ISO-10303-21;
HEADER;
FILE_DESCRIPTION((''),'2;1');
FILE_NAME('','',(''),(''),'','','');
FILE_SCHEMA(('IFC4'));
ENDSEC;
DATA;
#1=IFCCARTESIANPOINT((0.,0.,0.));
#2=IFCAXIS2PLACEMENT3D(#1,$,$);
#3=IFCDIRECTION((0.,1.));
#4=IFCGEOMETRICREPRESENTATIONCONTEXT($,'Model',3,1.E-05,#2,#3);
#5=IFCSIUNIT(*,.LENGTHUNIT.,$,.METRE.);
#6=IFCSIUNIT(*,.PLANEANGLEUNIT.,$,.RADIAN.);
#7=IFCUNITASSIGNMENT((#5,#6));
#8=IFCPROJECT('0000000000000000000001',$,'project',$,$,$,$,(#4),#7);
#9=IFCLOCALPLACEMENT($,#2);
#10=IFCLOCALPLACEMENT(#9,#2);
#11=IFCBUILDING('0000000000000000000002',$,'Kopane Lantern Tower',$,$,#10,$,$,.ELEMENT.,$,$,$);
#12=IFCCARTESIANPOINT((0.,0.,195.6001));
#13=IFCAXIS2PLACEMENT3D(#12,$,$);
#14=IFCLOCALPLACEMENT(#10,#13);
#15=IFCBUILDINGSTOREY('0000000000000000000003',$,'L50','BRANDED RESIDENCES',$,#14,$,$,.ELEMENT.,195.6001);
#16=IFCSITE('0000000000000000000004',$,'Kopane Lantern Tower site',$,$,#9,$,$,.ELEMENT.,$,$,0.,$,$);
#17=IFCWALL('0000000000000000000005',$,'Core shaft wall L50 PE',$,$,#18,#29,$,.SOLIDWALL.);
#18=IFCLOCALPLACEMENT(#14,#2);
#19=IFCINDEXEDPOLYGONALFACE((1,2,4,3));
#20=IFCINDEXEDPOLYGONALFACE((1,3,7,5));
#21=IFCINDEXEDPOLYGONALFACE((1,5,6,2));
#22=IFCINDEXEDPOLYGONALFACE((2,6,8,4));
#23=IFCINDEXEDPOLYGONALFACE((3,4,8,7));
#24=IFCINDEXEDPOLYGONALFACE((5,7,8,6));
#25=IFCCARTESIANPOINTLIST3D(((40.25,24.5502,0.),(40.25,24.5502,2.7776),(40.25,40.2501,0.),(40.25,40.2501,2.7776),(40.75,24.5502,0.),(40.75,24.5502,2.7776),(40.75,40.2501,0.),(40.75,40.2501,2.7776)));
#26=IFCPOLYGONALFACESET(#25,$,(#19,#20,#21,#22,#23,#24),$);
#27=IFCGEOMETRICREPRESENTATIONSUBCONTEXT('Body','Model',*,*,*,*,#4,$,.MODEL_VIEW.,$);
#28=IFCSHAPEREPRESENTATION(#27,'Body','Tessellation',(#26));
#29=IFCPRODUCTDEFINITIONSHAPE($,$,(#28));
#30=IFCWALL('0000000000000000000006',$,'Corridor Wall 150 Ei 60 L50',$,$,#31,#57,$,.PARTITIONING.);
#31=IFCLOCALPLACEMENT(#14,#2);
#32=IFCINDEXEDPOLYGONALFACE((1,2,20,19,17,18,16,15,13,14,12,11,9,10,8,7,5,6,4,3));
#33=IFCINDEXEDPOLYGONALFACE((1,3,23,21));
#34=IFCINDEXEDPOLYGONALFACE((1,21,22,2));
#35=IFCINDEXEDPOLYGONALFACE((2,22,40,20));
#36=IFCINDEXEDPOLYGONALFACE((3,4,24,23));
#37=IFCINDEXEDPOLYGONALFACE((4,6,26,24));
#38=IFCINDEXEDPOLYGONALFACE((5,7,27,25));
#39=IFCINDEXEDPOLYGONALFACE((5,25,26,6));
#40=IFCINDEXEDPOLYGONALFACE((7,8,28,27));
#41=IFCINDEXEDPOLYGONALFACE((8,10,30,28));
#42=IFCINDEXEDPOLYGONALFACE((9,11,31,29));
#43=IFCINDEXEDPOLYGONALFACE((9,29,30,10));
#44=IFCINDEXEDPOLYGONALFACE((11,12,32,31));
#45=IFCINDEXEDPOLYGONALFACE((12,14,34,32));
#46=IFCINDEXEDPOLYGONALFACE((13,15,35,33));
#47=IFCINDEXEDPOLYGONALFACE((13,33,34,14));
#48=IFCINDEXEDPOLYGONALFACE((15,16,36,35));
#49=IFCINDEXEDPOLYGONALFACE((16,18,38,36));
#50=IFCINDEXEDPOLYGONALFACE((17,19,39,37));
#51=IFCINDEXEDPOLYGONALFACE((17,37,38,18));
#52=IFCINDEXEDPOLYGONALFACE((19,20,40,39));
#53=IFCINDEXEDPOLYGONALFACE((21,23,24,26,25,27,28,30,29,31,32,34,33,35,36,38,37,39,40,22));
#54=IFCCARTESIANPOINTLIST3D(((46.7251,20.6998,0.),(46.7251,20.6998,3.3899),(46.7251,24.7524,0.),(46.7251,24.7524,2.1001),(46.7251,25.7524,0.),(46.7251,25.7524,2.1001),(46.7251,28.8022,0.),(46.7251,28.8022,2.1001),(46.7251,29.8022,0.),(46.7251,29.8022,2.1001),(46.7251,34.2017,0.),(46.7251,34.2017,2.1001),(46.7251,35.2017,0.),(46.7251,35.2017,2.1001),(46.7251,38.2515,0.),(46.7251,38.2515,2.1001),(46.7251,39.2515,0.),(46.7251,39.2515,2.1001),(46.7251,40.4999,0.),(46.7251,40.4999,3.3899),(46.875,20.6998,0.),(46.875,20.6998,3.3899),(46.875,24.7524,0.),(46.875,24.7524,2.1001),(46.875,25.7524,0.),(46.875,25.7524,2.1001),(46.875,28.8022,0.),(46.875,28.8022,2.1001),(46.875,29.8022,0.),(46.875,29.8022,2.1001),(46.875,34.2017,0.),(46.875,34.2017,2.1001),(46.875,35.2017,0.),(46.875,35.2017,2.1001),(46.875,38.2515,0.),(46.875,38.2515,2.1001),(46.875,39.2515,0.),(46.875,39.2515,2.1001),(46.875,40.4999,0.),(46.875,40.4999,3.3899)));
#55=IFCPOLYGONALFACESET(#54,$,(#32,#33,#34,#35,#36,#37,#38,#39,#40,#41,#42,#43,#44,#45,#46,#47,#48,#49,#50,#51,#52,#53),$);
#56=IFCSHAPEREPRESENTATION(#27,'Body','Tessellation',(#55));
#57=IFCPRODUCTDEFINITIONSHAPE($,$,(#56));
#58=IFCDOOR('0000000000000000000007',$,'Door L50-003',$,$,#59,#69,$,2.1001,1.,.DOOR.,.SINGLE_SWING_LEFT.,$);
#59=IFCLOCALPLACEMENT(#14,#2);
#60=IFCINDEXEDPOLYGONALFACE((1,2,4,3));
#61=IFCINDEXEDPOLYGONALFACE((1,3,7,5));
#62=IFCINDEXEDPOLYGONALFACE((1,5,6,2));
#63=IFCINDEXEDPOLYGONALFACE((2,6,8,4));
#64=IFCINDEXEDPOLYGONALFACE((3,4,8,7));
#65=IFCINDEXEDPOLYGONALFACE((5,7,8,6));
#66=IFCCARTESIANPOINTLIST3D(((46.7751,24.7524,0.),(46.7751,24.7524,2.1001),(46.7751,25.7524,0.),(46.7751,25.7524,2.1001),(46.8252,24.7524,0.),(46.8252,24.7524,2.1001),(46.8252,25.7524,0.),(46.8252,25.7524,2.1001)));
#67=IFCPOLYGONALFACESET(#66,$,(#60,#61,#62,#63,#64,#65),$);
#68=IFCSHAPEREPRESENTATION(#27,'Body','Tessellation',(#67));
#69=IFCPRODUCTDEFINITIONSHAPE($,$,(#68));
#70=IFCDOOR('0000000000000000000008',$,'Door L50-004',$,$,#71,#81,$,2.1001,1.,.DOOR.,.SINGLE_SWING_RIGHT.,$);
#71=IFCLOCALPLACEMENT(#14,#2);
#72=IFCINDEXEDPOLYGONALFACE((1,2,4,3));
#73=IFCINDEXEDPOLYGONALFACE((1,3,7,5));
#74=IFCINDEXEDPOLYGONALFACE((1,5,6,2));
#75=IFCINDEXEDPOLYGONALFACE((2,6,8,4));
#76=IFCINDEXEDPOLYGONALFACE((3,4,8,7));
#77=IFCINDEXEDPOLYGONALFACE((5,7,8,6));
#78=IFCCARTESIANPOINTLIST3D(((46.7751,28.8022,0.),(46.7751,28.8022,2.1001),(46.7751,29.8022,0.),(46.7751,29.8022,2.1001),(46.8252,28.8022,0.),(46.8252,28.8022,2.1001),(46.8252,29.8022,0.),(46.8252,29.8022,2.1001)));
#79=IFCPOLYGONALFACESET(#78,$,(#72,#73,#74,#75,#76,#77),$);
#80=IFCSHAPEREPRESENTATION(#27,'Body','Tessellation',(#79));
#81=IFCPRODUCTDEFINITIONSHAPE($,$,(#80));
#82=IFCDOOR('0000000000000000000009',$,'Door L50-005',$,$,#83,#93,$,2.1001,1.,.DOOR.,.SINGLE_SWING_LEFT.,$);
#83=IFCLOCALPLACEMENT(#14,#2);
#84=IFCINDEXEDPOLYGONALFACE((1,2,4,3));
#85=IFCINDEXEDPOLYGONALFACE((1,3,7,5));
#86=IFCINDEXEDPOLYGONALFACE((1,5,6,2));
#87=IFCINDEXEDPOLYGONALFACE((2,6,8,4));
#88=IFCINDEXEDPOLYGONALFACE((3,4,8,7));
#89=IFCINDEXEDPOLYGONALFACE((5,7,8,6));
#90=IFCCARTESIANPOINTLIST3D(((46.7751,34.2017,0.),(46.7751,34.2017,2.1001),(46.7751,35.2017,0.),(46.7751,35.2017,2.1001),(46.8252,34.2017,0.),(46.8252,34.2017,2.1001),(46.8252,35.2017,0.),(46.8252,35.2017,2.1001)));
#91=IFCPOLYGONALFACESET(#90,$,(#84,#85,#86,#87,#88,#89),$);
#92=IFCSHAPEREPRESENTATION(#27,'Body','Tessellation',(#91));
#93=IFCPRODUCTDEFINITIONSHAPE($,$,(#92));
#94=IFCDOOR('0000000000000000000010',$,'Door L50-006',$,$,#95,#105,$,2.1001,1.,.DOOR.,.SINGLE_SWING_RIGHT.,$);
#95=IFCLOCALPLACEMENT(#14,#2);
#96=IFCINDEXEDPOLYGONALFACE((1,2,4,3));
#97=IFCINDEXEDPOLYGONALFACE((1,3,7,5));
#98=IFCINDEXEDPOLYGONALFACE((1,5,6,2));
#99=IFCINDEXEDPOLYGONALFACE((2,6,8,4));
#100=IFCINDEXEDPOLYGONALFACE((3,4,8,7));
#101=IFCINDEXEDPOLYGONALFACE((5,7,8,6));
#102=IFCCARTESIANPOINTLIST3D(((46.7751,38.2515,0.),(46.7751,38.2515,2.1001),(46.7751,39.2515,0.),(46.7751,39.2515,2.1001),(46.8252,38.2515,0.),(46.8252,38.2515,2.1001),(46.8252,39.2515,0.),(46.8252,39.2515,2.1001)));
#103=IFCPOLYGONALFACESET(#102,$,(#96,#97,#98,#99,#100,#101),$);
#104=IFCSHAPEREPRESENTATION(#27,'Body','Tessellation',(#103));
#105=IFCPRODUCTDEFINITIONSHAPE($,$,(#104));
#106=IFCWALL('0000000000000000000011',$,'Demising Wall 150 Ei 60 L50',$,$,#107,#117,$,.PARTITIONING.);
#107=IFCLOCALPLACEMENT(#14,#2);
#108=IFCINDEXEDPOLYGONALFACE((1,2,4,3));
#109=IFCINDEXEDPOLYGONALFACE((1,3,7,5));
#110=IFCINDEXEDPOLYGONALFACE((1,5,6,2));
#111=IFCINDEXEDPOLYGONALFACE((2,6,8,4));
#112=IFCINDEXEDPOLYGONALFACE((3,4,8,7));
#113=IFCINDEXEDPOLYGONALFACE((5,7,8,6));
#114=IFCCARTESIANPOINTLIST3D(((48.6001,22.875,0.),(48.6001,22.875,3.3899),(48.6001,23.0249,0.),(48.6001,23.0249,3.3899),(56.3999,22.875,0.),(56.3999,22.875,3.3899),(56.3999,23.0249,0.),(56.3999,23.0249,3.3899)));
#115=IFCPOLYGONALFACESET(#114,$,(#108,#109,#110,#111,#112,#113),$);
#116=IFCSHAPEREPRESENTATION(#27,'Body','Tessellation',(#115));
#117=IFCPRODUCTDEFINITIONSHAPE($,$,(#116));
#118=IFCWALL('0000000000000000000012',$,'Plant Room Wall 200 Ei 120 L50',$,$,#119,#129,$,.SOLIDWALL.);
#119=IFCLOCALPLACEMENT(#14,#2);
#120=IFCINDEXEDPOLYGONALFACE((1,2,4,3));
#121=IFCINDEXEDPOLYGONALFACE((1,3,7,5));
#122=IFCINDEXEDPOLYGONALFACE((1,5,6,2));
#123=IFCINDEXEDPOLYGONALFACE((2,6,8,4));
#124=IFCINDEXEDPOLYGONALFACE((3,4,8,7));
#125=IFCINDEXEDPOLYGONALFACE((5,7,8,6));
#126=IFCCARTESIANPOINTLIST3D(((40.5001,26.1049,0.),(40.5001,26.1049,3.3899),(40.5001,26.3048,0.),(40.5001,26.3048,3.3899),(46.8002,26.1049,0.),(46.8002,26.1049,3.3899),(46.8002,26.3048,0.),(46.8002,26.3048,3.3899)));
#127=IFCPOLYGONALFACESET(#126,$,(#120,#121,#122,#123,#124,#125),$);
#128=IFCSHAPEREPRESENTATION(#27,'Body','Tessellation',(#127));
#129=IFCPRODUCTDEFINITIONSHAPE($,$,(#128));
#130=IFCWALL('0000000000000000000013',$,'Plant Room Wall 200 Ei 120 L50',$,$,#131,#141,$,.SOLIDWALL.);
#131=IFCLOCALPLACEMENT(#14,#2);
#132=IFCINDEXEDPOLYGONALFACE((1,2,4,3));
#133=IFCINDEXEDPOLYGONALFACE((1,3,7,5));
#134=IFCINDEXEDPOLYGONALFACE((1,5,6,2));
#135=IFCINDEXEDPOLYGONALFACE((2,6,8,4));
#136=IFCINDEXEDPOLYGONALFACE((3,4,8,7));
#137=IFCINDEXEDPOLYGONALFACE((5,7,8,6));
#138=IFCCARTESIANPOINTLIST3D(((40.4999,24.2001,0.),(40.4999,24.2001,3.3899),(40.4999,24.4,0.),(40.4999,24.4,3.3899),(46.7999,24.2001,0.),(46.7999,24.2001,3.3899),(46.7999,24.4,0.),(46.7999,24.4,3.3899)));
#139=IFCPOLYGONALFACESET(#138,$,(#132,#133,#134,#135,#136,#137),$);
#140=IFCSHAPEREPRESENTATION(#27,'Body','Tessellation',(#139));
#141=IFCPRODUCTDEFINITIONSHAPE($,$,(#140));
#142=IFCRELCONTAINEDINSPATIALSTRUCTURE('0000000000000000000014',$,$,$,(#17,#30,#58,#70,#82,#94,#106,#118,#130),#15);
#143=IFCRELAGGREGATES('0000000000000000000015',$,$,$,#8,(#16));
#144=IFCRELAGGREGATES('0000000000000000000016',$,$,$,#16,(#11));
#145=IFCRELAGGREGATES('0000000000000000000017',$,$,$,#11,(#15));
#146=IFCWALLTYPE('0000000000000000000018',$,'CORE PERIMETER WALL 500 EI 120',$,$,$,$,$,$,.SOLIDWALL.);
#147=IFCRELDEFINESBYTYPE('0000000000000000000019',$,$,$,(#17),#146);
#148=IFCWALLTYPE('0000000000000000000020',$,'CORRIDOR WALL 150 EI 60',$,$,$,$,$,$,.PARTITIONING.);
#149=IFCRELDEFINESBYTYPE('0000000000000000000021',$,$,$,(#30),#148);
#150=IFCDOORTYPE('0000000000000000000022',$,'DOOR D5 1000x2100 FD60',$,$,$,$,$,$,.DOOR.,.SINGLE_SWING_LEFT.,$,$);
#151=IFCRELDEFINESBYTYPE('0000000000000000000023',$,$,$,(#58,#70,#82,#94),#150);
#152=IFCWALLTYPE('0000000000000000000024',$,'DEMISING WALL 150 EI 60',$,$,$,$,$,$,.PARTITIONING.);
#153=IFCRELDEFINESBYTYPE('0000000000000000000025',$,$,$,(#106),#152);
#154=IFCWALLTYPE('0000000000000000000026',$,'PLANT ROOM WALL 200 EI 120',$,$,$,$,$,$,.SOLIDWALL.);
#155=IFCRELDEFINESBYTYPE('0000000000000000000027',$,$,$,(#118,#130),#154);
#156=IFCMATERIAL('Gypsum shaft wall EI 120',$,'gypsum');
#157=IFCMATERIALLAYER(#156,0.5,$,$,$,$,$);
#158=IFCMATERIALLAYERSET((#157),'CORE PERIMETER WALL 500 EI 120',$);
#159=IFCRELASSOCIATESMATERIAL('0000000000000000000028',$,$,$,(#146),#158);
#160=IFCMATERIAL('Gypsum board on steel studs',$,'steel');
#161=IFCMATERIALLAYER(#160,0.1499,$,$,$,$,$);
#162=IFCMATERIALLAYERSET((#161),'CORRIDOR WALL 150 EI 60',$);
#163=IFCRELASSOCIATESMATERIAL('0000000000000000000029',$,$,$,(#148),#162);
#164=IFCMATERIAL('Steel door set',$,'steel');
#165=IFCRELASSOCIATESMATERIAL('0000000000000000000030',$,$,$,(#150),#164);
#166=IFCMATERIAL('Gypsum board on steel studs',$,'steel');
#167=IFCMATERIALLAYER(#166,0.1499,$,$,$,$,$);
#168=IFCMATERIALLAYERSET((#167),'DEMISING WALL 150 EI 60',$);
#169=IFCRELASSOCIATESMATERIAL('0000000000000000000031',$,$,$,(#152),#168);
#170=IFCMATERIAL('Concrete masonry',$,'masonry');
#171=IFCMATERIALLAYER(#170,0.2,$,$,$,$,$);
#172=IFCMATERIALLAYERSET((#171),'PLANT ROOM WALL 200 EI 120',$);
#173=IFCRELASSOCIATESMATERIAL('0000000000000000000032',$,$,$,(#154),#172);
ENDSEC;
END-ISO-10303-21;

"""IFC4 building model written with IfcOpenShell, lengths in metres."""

from ifc_helpers import new_model, si_unit, direction, frame, frame_2d, origin, place, context, subcontext, project, spatial, rectangle, extrude, material, layer, layer_set, type_object, element, fill, save


model = new_model("IFC4")

# Units and contexts
model_context = context("Model", 3, precision=1e-05, world=origin(), true_north=direction((0.0, 1.0)))
body_context = subcontext(model_context, "Body", "Model", "MODEL_VIEW")
ifc_project = project(units=[si_unit("LENGTHUNIT", "METRE"), si_unit("PLANEANGLEUNIT", "RADIAN")], contexts=[model_context])

# Site, building, storey
site_placement = place(None, origin())
site = spatial("IfcSite", under=ifc_project, at=site_placement, Name="Kopane Lantern Tower site", CompositionType="ELEMENT", RefElevation=0.0)
building_placement = place(site_placement, origin())
building = spatial("IfcBuilding", under=site, at=building_placement, Name="Kopane Lantern Tower", CompositionType="ELEMENT")
storey_placement = place(building_placement, frame((0.0, 0.0, 195.6001)))
storey = spatial("IfcBuildingStorey", under=building, at=storey_placement, Name="L50", Description="BRANDED RESIDENCES", CompositionType="ELEMENT", Elevation=195.6001)

# Wall
ifc_material_1 = material(Name="Gypsum shaft wall EI 120", Category="gypsum")
ifc_layer_1 = layer(ifc_material_1, 0.5)
ifc_layer_set_1 = layer_set([ifc_layer_1], Name="CORE PERIMETER WALL 500 EI 120")
wall_type_1 = type_object("IfcWallType", Name="CORE PERIMETER WALL 500 EI 120", PredefinedType="SOLIDWALL", material=ifc_layer_set_1)
wall_1_placement = place(storey_placement, frame((40.5, 24.55, 0.0), z_axis=(0.0, 0.0, 1.0), x_axis=(0.0, 1.0, 0.0)))
element("IfcWall", 1, at=wall_1_placement, inside=storey, type_object=wall_type_1, Name="Core shaft wall L50 PE", PredefinedType="SOLIDWALL", context=body_context, shape_type="SweptSolid", body=[
    extrude(rectangle(XDim=15.7, YDim=0.5, at=frame_2d((7.8501, 0.0))), origin(), (0.0, 0.0, 1.0), 2.7776),
])

# Wall, openings, doors
ifc_material_2 = material(Name="Gypsum board on steel studs", Category="steel")
ifc_layer_2 = layer(ifc_material_2, 0.1499)
ifc_layer_set_2 = layer_set([ifc_layer_2], Name="CORRIDOR WALL 150 EI 60")
wall_type_2 = type_object("IfcWallType", Name="CORRIDOR WALL 150 EI 60", PredefinedType="PARTITIONING", material=ifc_layer_set_2)
wall_2_placement = place(storey_placement, frame((46.8, 20.7, 0.0), z_axis=(0.0, 0.0, 1.0), x_axis=(0.0, 1.0, 0.0)))
wall_2 = element("IfcWall", 2, at=wall_2_placement, inside=storey, type_object=wall_type_2, Name="Corridor Wall 150 Ei 60 L50", PredefinedType="PARTITIONING", context=body_context, shape_type="SweptSolid", body=[
    extrude(rectangle(XDim=19.8, YDim=0.1499, at=frame_2d((9.8999, 0.0))), origin(), (0.0, 0.0, 1.0), 3.3899),
])
opening_1_placement = place(wall_2_placement, frame((4.0525, 0.0, 0.0)))
opening_1 = element("IfcOpeningElement", 3, at=opening_1_placement, cuts=wall_2, PredefinedType="OPENING", context=body_context, shape_type="SweptSolid", body=[
    extrude(rectangle(XDim=1.0, YDim=2.1001, at=frame_2d((0.5, 1.05))), frame((0.0, 0.085, 0.0), z_axis=(0.0, -1.0, 0.0), x_axis=(1.0, 0.0, 0.0)), (0.0, 0.0, 1.0), 0.1699),
])
opening_2_placement = place(wall_2_placement, frame((8.1023, 0.0, 0.0)))
opening_2 = element("IfcOpeningElement", 4, at=opening_2_placement, cuts=wall_2, PredefinedType="OPENING", context=body_context, shape_type="SweptSolid", body=[
    extrude(rectangle(XDim=1.0, YDim=2.1001, at=frame_2d((0.5, 1.05))), frame((0.0, 0.085, 0.0), z_axis=(0.0, -1.0, 0.0), x_axis=(1.0, 0.0, 0.0)), (0.0, 0.0, 1.0), 0.1699),
])
opening_3_placement = place(wall_2_placement, frame((13.5017, 0.0, 0.0)))
opening_3 = element("IfcOpeningElement", 5, at=opening_3_placement, cuts=wall_2, PredefinedType="OPENING", context=body_context, shape_type="SweptSolid", body=[
    extrude(rectangle(XDim=1.0, YDim=2.1001, at=frame_2d((0.5, 1.05))), frame((0.0, 0.085, 0.0), z_axis=(0.0, -1.0, 0.0), x_axis=(1.0, 0.0, 0.0)), (0.0, 0.0, 1.0), 0.1699),
])
opening_4_placement = place(wall_2_placement, frame((17.5515, 0.0, 0.0)))
opening_4 = element("IfcOpeningElement", 6, at=opening_4_placement, cuts=wall_2, PredefinedType="OPENING", context=body_context, shape_type="SweptSolid", body=[
    extrude(rectangle(XDim=1.0, YDim=2.1001, at=frame_2d((0.5, 1.05))), frame((0.0, 0.085, 0.0), z_axis=(0.0, -1.0, 0.0), x_axis=(1.0, 0.0, 0.0)), (0.0, 0.0, 1.0), 0.1699),
])
ifc_material_3 = material(Name="Steel door set", Category="steel")
door_type_1 = type_object("IfcDoorType", Name="DOOR D5 1000x2100 FD60", OperationType="SINGLE_SWING_LEFT", PredefinedType="DOOR", material=ifc_material_3)
door_1_placement = place(opening_1_placement, origin())
door_1 = element("IfcDoor", 7, at=door_1_placement, inside=storey, type_object=door_type_1, Name="Door L50-003", OperationType="SINGLE_SWING_LEFT", OverallHeight=2.1001, OverallWidth=1.0, PredefinedType="DOOR", context=body_context, shape_type="SweptSolid", body=[
    extrude(rectangle(XDim=1.0, YDim=2.1001, at=frame_2d((0.5, 1.05))), frame((0.0, 0.0249, 0.0), z_axis=(0.0, -1.0, 0.0), x_axis=(1.0, 0.0, 0.0)), (0.0, 0.0, 1.0), 0.05),
])
fill(opening_1, door_1)
door_2_placement = place(opening_2_placement, origin())
door_2 = element("IfcDoor", 8, at=door_2_placement, inside=storey, type_object=door_type_1, Name="Door L50-004", OperationType="SINGLE_SWING_RIGHT", OverallHeight=2.1001, OverallWidth=1.0, PredefinedType="DOOR", context=body_context, shape_type="SweptSolid", body=[
    extrude(rectangle(XDim=1.0, YDim=2.1001, at=frame_2d((0.5, 1.05))), frame((0.0, 0.0249, 0.0), z_axis=(0.0, -1.0, 0.0), x_axis=(1.0, 0.0, 0.0)), (0.0, 0.0, 1.0), 0.05),
])
fill(opening_2, door_2)
door_3_placement = place(opening_3_placement, origin())
door_3 = element("IfcDoor", 9, at=door_3_placement, inside=storey, type_object=door_type_1, Name="Door L50-005", OperationType="SINGLE_SWING_LEFT", OverallHeight=2.1001, OverallWidth=1.0, PredefinedType="DOOR", context=body_context, shape_type="SweptSolid", body=[
    extrude(rectangle(XDim=1.0, YDim=2.1001, at=frame_2d((0.5, 1.05))), frame((0.0, 0.0249, 0.0), z_axis=(0.0, -1.0, 0.0), x_axis=(1.0, 0.0, 0.0)), (0.0, 0.0, 1.0), 0.05),
])
fill(opening_3, door_3)
door_4_placement = place(opening_4_placement, origin())
door_4 = element("IfcDoor", 10, at=door_4_placement, inside=storey, type_object=door_type_1, Name="Door L50-006", OperationType="SINGLE_SWING_RIGHT", OverallHeight=2.1001, OverallWidth=1.0, PredefinedType="DOOR", context=body_context, shape_type="SweptSolid", body=[
    extrude(rectangle(XDim=1.0, YDim=2.1001, at=frame_2d((0.5, 1.05))), frame((0.0, 0.0249, 0.0), z_axis=(0.0, -1.0, 0.0), x_axis=(1.0, 0.0, 0.0)), (0.0, 0.0, 1.0), 0.05),
])
fill(opening_4, door_4)

# Walls
ifc_material_4 = material(Name="Gypsum board on steel studs", Category="steel")
ifc_layer_3 = layer(ifc_material_4, 0.1499)
ifc_layer_set_3 = layer_set([ifc_layer_3], Name="DEMISING WALL 150 EI 60")
wall_type_3 = type_object("IfcWallType", Name="DEMISING WALL 150 EI 60", PredefinedType="PARTITIONING", material=ifc_layer_set_3)
wall_3_placement = place(storey_placement, frame((48.6001, 22.95, 0.0), z_axis=(0.0, 0.0, 1.0), x_axis=(1.0, 0.0, 0.0)))
element("IfcWall", 11, at=wall_3_placement, inside=storey, type_object=wall_type_3, Name="Demising Wall 150 Ei 60 L50", PredefinedType="PARTITIONING", context=body_context, shape_type="SweptSolid", body=[
    extrude(rectangle(XDim=7.7998, YDim=0.1499, at=frame_2d((3.8999, 0.0))), origin(), (0.0, 0.0, 1.0), 3.3899),
])
ifc_material_5 = material(Name="Concrete masonry", Category="masonry")
ifc_layer_4 = layer(ifc_material_5, 0.2)
ifc_layer_set_4 = layer_set([ifc_layer_4], Name="PLANT ROOM WALL 200 EI 120")
wall_type_4 = type_object("IfcWallType", Name="PLANT ROOM WALL 200 EI 120", PredefinedType="SOLIDWALL", material=ifc_layer_set_4)
for number, where, z_axis, x_axis, name in (
    (12, (46.8, 26.2048, 0.0), (0.0, 0.0, 1.0), (-1.0, 0.0, 0.0), "Plant Room Wall 200 Ei 120 L50"),
    (13, (40.5, 24.3, 0.0), (0.0, 0.0, 1.0), (1.0, 0.0, 0.0), "Plant Room Wall 200 Ei 120 L50"),
):
    element("IfcWall", number, at=place(storey_placement, frame(where, z_axis=z_axis, x_axis=x_axis)), inside=storey, type_object=wall_type_4, Name=name, PredefinedType="SOLIDWALL", context=body_context, shape_type="SweptSolid", body=[
        extrude(rectangle(XDim=6.3, YDim=0.2, at=frame_2d((3.1499, 0.0))), origin(), (0.0, 0.0, 1.0), 3.3899),
    ])

save(model, "model.ifc")
